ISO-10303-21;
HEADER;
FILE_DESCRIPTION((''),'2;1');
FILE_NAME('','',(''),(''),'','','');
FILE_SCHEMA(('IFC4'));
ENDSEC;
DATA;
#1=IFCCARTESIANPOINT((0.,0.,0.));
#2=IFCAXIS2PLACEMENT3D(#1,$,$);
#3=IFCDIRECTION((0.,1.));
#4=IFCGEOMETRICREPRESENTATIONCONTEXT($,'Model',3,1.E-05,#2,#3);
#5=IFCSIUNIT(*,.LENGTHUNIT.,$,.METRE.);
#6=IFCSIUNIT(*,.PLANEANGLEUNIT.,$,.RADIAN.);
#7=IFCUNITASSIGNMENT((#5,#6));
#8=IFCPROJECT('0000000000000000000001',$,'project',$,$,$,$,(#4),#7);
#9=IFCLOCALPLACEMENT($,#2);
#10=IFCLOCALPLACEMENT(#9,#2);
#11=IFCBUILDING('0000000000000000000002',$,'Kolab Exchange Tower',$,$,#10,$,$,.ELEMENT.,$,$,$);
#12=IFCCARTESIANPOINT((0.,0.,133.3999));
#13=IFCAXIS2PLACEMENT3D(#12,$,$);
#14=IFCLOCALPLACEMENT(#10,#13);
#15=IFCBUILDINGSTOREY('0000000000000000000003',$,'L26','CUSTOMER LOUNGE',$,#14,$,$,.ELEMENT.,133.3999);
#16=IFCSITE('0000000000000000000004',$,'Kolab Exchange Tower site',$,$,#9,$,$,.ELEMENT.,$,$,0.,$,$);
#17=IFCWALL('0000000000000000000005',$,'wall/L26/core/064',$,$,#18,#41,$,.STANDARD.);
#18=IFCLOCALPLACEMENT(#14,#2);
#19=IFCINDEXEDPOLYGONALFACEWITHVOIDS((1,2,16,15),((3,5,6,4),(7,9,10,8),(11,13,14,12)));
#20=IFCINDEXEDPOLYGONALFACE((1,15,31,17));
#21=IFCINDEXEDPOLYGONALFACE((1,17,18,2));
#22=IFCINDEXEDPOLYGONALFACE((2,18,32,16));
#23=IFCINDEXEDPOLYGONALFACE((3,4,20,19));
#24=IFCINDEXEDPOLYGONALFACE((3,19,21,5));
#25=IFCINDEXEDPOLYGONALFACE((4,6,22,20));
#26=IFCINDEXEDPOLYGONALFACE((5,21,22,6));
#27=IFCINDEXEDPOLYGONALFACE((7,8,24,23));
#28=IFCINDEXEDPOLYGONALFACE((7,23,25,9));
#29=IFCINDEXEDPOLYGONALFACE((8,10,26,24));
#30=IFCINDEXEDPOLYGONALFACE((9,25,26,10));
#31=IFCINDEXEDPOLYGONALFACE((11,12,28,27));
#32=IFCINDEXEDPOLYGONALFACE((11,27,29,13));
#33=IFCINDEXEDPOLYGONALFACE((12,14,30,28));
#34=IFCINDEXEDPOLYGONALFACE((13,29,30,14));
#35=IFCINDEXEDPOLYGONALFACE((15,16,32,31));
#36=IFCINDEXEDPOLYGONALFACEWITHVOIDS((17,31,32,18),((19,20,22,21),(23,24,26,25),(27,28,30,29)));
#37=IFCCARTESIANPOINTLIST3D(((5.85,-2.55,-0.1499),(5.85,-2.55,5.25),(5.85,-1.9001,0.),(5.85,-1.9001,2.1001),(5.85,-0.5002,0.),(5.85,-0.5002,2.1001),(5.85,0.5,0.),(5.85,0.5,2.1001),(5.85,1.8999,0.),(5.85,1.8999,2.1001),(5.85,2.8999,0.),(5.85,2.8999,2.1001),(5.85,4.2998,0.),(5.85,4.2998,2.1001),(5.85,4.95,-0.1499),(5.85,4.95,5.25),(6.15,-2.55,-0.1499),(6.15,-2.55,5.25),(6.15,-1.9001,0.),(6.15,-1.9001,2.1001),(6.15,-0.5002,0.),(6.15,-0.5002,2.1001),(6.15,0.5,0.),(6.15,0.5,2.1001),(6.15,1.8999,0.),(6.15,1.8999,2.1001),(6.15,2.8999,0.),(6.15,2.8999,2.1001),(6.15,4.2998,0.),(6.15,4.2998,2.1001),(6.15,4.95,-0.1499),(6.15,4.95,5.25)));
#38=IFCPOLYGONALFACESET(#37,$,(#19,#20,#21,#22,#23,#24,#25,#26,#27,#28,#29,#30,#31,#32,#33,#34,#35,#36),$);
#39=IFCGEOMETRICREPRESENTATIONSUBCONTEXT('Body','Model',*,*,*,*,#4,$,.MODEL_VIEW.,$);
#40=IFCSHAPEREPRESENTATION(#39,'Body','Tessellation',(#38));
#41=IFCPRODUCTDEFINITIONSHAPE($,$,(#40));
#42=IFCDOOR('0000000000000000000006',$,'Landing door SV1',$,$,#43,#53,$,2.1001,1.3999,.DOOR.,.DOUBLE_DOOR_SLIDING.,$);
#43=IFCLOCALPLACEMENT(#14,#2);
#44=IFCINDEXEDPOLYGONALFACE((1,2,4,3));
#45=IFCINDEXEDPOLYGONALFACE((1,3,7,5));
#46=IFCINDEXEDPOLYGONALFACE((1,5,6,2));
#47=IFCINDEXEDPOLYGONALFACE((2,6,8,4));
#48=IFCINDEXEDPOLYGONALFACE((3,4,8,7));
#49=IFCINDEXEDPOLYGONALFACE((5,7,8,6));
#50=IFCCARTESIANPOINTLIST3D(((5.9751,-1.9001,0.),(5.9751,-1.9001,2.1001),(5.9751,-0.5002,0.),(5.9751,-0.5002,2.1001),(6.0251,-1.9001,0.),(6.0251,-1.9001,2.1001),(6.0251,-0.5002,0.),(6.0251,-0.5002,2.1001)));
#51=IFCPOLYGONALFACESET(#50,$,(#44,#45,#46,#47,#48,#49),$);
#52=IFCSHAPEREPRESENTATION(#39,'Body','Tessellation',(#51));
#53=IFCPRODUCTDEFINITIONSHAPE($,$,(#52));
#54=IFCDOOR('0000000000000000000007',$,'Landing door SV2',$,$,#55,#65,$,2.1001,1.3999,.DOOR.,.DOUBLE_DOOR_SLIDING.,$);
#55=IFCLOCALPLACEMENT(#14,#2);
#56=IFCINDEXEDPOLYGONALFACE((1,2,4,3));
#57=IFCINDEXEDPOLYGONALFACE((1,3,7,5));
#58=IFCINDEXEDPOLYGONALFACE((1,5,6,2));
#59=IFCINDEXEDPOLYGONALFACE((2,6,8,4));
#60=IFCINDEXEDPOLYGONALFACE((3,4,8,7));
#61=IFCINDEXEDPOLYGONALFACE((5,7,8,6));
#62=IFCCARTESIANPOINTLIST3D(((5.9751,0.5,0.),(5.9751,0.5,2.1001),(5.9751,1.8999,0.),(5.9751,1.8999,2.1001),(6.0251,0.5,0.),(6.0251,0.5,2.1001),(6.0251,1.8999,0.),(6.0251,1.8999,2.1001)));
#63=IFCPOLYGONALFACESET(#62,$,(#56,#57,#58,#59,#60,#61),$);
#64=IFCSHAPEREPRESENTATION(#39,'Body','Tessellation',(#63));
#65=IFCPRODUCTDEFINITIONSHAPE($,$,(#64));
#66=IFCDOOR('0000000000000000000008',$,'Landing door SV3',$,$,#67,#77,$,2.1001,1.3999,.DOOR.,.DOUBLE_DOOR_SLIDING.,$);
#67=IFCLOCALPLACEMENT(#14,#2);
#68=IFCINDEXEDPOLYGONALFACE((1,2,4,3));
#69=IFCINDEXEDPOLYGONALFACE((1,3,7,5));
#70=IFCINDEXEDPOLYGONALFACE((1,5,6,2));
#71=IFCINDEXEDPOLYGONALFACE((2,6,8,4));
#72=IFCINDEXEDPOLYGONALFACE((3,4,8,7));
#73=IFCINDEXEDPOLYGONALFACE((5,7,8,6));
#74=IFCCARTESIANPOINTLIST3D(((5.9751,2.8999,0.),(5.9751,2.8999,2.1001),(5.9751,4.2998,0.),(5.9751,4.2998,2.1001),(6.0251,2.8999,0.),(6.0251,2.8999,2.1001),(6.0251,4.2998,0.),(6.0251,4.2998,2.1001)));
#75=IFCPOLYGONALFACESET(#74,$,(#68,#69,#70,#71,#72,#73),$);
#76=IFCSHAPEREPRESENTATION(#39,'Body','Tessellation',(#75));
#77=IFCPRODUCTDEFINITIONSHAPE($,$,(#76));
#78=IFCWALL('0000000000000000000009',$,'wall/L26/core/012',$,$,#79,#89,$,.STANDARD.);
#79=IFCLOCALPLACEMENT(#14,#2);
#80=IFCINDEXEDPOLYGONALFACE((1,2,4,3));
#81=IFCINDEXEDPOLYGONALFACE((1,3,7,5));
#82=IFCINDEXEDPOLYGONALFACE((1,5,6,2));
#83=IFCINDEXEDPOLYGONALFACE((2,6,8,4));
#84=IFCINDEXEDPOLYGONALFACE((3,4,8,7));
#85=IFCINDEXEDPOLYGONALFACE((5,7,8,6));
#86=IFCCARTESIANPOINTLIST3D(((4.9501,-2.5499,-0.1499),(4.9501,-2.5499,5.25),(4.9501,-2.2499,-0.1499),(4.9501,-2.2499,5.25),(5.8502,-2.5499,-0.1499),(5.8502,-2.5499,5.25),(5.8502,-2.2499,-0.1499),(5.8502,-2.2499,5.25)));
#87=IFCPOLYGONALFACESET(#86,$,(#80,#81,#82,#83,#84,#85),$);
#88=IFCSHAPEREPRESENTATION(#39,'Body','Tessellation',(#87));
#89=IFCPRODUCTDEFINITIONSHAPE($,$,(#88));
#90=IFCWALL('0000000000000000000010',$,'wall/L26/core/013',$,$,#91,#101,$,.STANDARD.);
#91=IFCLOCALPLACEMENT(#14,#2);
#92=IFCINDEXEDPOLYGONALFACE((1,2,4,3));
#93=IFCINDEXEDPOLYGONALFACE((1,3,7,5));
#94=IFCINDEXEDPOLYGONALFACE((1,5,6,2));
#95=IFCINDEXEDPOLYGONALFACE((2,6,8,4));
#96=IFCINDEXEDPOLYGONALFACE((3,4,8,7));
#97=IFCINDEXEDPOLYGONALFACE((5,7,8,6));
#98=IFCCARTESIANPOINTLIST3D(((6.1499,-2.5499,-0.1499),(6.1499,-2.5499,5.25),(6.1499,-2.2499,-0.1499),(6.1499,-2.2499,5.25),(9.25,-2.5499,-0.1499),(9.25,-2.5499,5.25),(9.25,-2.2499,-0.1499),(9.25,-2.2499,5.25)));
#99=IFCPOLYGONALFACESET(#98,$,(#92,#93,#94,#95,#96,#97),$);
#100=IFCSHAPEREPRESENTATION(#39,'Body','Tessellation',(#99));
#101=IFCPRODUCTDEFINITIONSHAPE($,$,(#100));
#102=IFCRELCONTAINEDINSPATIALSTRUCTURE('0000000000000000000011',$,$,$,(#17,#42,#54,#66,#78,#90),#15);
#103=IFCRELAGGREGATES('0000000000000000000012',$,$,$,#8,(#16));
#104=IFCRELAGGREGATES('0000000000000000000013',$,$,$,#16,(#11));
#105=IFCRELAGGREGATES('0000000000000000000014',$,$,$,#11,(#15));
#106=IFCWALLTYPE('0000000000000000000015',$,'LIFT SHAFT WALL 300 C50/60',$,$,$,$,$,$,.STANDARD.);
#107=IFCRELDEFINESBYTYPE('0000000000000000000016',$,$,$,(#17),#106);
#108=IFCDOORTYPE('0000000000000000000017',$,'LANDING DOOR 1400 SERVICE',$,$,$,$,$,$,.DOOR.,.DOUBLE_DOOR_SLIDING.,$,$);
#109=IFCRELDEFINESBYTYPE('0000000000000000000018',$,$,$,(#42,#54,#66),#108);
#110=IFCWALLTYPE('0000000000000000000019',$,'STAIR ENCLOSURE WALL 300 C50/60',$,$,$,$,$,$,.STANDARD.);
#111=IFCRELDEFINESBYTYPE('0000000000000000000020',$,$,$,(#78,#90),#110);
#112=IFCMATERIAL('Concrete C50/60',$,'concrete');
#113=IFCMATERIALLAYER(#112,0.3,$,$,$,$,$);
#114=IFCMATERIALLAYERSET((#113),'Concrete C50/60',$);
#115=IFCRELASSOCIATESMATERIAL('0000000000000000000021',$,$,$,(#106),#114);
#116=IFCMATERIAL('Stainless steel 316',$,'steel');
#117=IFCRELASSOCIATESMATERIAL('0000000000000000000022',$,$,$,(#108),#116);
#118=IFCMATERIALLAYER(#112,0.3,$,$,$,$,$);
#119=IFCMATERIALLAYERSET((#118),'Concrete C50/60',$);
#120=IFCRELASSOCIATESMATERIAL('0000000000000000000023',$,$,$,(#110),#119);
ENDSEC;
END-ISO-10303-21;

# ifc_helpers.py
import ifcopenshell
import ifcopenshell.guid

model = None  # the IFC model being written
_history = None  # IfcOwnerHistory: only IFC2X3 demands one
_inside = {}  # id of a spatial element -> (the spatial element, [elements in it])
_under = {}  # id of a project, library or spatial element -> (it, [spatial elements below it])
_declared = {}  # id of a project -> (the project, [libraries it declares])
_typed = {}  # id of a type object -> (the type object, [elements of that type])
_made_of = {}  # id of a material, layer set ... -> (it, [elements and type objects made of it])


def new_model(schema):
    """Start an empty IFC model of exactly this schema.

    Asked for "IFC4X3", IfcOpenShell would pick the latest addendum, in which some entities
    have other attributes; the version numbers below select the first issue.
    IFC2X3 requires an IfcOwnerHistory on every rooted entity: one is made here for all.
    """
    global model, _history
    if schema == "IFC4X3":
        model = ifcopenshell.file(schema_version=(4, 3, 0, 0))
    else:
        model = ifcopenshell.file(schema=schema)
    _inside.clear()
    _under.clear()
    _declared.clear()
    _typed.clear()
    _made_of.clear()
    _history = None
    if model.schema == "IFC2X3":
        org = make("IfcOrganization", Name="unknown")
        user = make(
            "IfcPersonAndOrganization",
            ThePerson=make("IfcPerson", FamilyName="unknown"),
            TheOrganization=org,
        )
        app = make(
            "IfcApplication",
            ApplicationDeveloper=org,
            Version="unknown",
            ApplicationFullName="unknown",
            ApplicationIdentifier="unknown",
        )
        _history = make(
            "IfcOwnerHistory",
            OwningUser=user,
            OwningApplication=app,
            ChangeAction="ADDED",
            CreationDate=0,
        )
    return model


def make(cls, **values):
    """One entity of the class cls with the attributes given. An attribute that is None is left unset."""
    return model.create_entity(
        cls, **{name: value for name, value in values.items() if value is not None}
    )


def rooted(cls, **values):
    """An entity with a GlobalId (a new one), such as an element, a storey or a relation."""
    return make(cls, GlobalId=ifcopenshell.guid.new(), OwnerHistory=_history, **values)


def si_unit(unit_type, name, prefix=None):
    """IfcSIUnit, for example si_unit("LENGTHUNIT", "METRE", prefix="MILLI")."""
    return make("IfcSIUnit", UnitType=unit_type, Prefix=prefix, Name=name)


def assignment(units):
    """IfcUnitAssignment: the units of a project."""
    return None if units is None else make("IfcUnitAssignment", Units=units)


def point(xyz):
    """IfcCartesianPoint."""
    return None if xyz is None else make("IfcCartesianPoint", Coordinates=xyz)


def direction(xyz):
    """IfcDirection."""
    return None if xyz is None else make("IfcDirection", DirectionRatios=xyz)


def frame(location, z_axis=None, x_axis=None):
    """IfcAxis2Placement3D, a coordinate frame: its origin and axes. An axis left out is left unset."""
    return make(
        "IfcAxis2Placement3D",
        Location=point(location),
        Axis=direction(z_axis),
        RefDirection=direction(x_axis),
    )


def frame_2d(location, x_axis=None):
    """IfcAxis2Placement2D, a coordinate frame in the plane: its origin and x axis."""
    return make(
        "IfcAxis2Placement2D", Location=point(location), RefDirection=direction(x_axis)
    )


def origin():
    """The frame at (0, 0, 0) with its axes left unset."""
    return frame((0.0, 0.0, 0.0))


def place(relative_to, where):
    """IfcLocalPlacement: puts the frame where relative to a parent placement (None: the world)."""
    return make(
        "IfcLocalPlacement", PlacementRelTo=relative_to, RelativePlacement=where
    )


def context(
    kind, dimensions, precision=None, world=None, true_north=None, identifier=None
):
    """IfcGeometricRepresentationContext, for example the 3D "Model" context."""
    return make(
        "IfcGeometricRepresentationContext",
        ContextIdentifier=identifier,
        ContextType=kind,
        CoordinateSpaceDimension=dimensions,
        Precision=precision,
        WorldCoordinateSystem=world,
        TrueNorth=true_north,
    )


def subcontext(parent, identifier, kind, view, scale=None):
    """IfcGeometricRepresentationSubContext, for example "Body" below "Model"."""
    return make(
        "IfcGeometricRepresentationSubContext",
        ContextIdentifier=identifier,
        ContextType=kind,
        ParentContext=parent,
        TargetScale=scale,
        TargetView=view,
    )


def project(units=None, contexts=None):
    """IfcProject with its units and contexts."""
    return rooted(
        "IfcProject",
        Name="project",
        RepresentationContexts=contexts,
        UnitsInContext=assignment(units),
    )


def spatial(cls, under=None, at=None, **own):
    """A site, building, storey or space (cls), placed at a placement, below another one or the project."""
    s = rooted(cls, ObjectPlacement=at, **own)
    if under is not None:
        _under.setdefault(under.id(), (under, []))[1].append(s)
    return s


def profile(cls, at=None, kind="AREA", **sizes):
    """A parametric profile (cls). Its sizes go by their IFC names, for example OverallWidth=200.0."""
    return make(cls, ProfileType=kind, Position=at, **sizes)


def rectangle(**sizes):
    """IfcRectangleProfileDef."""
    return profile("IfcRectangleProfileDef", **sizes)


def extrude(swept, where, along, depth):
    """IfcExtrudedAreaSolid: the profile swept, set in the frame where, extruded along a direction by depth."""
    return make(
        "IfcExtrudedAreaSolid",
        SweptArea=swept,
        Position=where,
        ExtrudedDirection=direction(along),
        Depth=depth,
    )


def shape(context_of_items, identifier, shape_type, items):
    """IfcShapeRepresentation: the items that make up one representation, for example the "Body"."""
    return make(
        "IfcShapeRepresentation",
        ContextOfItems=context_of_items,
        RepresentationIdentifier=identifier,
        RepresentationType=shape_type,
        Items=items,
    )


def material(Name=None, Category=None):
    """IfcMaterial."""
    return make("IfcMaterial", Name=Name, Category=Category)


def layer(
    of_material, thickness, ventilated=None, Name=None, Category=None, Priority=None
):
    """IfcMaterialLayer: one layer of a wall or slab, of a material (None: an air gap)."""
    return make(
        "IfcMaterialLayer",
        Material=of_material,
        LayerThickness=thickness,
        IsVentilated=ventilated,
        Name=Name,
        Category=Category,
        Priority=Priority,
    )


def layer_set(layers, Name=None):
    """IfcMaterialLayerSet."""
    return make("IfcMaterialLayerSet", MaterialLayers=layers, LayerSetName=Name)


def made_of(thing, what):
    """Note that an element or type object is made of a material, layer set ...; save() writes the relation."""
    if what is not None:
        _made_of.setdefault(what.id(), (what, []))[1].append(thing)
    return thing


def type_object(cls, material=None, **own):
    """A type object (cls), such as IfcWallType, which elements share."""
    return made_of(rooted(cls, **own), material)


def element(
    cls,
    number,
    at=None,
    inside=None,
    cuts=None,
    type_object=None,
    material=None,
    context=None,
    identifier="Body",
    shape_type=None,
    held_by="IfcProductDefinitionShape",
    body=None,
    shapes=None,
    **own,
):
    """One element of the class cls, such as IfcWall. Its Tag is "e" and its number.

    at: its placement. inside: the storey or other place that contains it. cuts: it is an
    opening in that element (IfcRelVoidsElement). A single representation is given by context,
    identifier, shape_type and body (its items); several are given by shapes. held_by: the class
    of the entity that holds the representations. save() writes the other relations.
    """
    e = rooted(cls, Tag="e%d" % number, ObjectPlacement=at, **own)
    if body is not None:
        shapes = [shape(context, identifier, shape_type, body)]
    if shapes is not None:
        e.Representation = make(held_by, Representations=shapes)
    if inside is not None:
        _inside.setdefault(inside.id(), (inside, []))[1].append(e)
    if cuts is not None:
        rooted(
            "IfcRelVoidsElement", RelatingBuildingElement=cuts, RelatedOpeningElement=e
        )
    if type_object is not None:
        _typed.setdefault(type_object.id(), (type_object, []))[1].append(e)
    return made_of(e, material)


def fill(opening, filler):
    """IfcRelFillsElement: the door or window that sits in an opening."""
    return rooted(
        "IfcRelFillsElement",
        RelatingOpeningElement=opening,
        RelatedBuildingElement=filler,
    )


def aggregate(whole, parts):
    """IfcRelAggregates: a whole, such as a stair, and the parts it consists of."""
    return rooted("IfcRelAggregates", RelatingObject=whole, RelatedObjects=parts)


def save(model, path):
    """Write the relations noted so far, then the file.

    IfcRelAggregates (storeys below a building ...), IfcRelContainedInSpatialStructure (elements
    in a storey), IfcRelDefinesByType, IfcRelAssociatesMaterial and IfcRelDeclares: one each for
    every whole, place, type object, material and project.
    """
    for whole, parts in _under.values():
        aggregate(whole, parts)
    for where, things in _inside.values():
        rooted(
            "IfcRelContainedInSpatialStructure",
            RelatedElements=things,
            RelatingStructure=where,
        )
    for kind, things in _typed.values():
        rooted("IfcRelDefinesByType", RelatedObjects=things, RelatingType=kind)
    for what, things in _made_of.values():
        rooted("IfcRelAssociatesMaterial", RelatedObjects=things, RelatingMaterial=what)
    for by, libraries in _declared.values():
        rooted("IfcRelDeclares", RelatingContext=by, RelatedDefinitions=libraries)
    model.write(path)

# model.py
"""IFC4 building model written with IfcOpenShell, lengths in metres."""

from ifc_helpers import new_model, si_unit, direction, frame, frame_2d, origin, place, context, subcontext, project, spatial, rectangle, extrude, material, layer, layer_set, type_object, element, fill, save


model = new_model("IFC4")

# Units and contexts
model_context = context("Model", 3, precision=1e-05, world=origin(), true_north=direction((0.0, 1.0)))
body_context = subcontext(model_context, "Body", "Model", "MODEL_VIEW")
ifc_project = project(units=[si_unit("LENGTHUNIT", "METRE"), si_unit("PLANEANGLEUNIT", "RADIAN")], contexts=[model_context])

# Site, building, storey
site_placement = place(None, origin())
site = spatial("IfcSite", under=ifc_project, at=site_placement, Name="Kolab Exchange Tower site", CompositionType="ELEMENT", RefElevation=0.0)
building_placement = place(site_placement, origin())
building = spatial("IfcBuilding", under=site, at=building_placement, Name="Kolab Exchange Tower", CompositionType="ELEMENT")
storey_placement = place(building_placement, frame((0.0, 0.0, 133.3999)))
storey = spatial("IfcBuildingStorey", under=building, at=storey_placement, Name="L26", Description="CUSTOMER LOUNGE", CompositionType="ELEMENT", Elevation=133.3999)

# Shared definitions
ifc_material_1 = material(Name="Concrete C50/60", Category="concrete")

# Shared definitions
ifc_layer_1 = layer(ifc_material_1, 0.3)
ifc_layer_set_1 = layer_set([ifc_layer_1], Name="Concrete C50/60")
wall_type_1 = type_object("IfcWallType", Name="LIFT SHAFT WALL 300 C50/60", PredefinedType="STANDARD", material=ifc_layer_set_1)
ifc_material_2 = material(Name="Stainless steel 316", Category="steel")

# Wall, openings, doors
wall_1_placement = place(storey_placement, frame((6.0, -2.55, -0.1499), z_axis=(0.0, 0.0, 1.0), x_axis=(0.0, 1.0, 0.0)))
wall_1 = element("IfcWall", 1, at=wall_1_placement, inside=storey, type_object=wall_type_1, Name="wall/L26/core/064", PredefinedType="STANDARD", context=body_context, shape_type="SweptSolid", body=[
    extrude(rectangle(XDim=7.5, YDim=0.3, at=frame_2d((3.75, 0.0))), origin(), (0.0, 0.0, 1.0), 5.3999),
])
opening_1_placement = place(wall_1_placement, frame((0.6499, 0.0, 0.1499)))
opening_1 = element("IfcOpeningElement", 2, at=opening_1_placement, cuts=wall_1, PredefinedType="OPENING", context=body_context, shape_type="SweptSolid", body=[
    extrude(rectangle(XDim=1.3999, YDim=2.1001, at=frame_2d((0.7, 1.05))), frame((0.0, 0.1602, 0.0), z_axis=(0.0, -1.0, 0.0), x_axis=(1.0, 0.0, 0.0)), (0.0, 0.0, 1.0), 0.3201),
])
opening_2_placement = place(wall_1_placement, frame((3.05, 0.0, 0.1499)))
opening_2 = element("IfcOpeningElement", 3, at=opening_2_placement, cuts=wall_1, PredefinedType="OPENING", context=body_context, shape_type="SweptSolid", body=[
    extrude(rectangle(XDim=1.3999, YDim=2.1001, at=frame_2d((0.7, 1.05))), frame((0.0, 0.1602, 0.0), z_axis=(0.0, -1.0, 0.0), x_axis=(1.0, 0.0, 0.0)), (0.0, 0.0, 1.0), 0.3201),
])
opening_3_placement = place(wall_1_placement, frame((5.45, 0.0, 0.1499)))
opening_3 = element("IfcOpeningElement", 4, at=opening_3_placement, cuts=wall_1, PredefinedType="OPENING", context=body_context, shape_type="SweptSolid", body=[
    extrude(rectangle(XDim=1.3999, YDim=2.1001, at=frame_2d((0.7, 1.05))), frame((0.0, 0.1602, 0.0), z_axis=(0.0, -1.0, 0.0), x_axis=(1.0, 0.0, 0.0)), (0.0, 0.0, 1.0), 0.3201),
])
door_type_1 = type_object("IfcDoorType", Name="LANDING DOOR 1400 SERVICE", OperationType="DOUBLE_DOOR_SLIDING", PredefinedType="DOOR", material=ifc_material_2)
door_1_placement = place(opening_1_placement, origin())
door_1 = element("IfcDoor", 5, at=door_1_placement, inside=storey, type_object=door_type_1, Name="Landing door SV1", OperationType="DOUBLE_DOOR_SLIDING", OverallHeight=2.1001, OverallWidth=1.3999, PredefinedType="DOOR", context=body_context, shape_type="SweptSolid", body=[
    extrude(rectangle(XDim=1.3999, YDim=2.1001, at=frame_2d((0.7, 1.05))), frame((0.0, 0.0249, 0.0), z_axis=(0.0, -1.0, 0.0), x_axis=(1.0, 0.0, 0.0)), (0.0, 0.0, 1.0), 0.05),
])
fill(opening_1, door_1)
door_2_placement = place(opening_2_placement, origin())
door_2 = element("IfcDoor", 6, at=door_2_placement, inside=storey, type_object=door_type_1, Name="Landing door SV2", OperationType="DOUBLE_DOOR_SLIDING", OverallHeight=2.1001, OverallWidth=1.3999, PredefinedType="DOOR", context=body_context, shape_type="SweptSolid", body=[
    extrude(rectangle(XDim=1.3999, YDim=2.1001, at=frame_2d((0.7, 1.05))), frame((0.0, 0.0249, 0.0), z_axis=(0.0, -1.0, 0.0), x_axis=(1.0, 0.0, 0.0)), (0.0, 0.0, 1.0), 0.05),
])
fill(opening_2, door_2)
door_3_placement = place(opening_3_placement, origin())
door_3 = element("IfcDoor", 7, at=door_3_placement, inside=storey, type_object=door_type_1, Name="Landing door SV3", OperationType="DOUBLE_DOOR_SLIDING", OverallHeight=2.1001, OverallWidth=1.3999, PredefinedType="DOOR", context=body_context, shape_type="SweptSolid", body=[
    extrude(rectangle(XDim=1.3999, YDim=2.1001, at=frame_2d((0.7, 1.05))), frame((0.0, 0.0249, 0.0), z_axis=(0.0, -1.0, 0.0), x_axis=(1.0, 0.0, 0.0)), (0.0, 0.0, 1.0), 0.05),
])
fill(opening_3, door_3)

# Walls
ifc_layer_2 = layer(ifc_material_1, 0.3)
ifc_layer_set_2 = layer_set([ifc_layer_2], Name="Concrete C50/60")
wall_type_2 = type_object("IfcWallType", Name="STAIR ENCLOSURE WALL 300 C50/60", PredefinedType="STANDARD", material=ifc_layer_set_2)
wall_2_placement = place(storey_placement, frame((4.95, -2.3999, -0.1499), z_axis=(0.0, 0.0, 1.0), x_axis=(1.0, 0.0, 0.0)))
element("IfcWall", 8, at=wall_2_placement, inside=storey, type_object=wall_type_2, Name="wall/L26/core/012", PredefinedType="STANDARD", context=body_context, shape_type="SweptSolid", body=[
    extrude(rectangle(XDim=0.9001, YDim=0.3, at=frame_2d((0.4502, 0.0))), origin(), (0.0, 0.0, 1.0), 5.3999),
])
wall_3_placement = place(storey_placement, frame((6.1499, -2.3999, -0.1499), z_axis=(0.0, 0.0, 1.0), x_axis=(1.0, 0.0, 0.0)))
element("IfcWall", 9, at=wall_3_placement, inside=storey, type_object=wall_type_2, Name="wall/L26/core/013", PredefinedType="STANDARD", context=body_context, shape_type="SweptSolid", body=[
    extrude(rectangle(XDim=3.1001, YDim=0.3, at=frame_2d((1.55, 0.0))), origin(), (0.0, 0.0, 1.0), 5.3999),
])

save(model, "model.ifc")
